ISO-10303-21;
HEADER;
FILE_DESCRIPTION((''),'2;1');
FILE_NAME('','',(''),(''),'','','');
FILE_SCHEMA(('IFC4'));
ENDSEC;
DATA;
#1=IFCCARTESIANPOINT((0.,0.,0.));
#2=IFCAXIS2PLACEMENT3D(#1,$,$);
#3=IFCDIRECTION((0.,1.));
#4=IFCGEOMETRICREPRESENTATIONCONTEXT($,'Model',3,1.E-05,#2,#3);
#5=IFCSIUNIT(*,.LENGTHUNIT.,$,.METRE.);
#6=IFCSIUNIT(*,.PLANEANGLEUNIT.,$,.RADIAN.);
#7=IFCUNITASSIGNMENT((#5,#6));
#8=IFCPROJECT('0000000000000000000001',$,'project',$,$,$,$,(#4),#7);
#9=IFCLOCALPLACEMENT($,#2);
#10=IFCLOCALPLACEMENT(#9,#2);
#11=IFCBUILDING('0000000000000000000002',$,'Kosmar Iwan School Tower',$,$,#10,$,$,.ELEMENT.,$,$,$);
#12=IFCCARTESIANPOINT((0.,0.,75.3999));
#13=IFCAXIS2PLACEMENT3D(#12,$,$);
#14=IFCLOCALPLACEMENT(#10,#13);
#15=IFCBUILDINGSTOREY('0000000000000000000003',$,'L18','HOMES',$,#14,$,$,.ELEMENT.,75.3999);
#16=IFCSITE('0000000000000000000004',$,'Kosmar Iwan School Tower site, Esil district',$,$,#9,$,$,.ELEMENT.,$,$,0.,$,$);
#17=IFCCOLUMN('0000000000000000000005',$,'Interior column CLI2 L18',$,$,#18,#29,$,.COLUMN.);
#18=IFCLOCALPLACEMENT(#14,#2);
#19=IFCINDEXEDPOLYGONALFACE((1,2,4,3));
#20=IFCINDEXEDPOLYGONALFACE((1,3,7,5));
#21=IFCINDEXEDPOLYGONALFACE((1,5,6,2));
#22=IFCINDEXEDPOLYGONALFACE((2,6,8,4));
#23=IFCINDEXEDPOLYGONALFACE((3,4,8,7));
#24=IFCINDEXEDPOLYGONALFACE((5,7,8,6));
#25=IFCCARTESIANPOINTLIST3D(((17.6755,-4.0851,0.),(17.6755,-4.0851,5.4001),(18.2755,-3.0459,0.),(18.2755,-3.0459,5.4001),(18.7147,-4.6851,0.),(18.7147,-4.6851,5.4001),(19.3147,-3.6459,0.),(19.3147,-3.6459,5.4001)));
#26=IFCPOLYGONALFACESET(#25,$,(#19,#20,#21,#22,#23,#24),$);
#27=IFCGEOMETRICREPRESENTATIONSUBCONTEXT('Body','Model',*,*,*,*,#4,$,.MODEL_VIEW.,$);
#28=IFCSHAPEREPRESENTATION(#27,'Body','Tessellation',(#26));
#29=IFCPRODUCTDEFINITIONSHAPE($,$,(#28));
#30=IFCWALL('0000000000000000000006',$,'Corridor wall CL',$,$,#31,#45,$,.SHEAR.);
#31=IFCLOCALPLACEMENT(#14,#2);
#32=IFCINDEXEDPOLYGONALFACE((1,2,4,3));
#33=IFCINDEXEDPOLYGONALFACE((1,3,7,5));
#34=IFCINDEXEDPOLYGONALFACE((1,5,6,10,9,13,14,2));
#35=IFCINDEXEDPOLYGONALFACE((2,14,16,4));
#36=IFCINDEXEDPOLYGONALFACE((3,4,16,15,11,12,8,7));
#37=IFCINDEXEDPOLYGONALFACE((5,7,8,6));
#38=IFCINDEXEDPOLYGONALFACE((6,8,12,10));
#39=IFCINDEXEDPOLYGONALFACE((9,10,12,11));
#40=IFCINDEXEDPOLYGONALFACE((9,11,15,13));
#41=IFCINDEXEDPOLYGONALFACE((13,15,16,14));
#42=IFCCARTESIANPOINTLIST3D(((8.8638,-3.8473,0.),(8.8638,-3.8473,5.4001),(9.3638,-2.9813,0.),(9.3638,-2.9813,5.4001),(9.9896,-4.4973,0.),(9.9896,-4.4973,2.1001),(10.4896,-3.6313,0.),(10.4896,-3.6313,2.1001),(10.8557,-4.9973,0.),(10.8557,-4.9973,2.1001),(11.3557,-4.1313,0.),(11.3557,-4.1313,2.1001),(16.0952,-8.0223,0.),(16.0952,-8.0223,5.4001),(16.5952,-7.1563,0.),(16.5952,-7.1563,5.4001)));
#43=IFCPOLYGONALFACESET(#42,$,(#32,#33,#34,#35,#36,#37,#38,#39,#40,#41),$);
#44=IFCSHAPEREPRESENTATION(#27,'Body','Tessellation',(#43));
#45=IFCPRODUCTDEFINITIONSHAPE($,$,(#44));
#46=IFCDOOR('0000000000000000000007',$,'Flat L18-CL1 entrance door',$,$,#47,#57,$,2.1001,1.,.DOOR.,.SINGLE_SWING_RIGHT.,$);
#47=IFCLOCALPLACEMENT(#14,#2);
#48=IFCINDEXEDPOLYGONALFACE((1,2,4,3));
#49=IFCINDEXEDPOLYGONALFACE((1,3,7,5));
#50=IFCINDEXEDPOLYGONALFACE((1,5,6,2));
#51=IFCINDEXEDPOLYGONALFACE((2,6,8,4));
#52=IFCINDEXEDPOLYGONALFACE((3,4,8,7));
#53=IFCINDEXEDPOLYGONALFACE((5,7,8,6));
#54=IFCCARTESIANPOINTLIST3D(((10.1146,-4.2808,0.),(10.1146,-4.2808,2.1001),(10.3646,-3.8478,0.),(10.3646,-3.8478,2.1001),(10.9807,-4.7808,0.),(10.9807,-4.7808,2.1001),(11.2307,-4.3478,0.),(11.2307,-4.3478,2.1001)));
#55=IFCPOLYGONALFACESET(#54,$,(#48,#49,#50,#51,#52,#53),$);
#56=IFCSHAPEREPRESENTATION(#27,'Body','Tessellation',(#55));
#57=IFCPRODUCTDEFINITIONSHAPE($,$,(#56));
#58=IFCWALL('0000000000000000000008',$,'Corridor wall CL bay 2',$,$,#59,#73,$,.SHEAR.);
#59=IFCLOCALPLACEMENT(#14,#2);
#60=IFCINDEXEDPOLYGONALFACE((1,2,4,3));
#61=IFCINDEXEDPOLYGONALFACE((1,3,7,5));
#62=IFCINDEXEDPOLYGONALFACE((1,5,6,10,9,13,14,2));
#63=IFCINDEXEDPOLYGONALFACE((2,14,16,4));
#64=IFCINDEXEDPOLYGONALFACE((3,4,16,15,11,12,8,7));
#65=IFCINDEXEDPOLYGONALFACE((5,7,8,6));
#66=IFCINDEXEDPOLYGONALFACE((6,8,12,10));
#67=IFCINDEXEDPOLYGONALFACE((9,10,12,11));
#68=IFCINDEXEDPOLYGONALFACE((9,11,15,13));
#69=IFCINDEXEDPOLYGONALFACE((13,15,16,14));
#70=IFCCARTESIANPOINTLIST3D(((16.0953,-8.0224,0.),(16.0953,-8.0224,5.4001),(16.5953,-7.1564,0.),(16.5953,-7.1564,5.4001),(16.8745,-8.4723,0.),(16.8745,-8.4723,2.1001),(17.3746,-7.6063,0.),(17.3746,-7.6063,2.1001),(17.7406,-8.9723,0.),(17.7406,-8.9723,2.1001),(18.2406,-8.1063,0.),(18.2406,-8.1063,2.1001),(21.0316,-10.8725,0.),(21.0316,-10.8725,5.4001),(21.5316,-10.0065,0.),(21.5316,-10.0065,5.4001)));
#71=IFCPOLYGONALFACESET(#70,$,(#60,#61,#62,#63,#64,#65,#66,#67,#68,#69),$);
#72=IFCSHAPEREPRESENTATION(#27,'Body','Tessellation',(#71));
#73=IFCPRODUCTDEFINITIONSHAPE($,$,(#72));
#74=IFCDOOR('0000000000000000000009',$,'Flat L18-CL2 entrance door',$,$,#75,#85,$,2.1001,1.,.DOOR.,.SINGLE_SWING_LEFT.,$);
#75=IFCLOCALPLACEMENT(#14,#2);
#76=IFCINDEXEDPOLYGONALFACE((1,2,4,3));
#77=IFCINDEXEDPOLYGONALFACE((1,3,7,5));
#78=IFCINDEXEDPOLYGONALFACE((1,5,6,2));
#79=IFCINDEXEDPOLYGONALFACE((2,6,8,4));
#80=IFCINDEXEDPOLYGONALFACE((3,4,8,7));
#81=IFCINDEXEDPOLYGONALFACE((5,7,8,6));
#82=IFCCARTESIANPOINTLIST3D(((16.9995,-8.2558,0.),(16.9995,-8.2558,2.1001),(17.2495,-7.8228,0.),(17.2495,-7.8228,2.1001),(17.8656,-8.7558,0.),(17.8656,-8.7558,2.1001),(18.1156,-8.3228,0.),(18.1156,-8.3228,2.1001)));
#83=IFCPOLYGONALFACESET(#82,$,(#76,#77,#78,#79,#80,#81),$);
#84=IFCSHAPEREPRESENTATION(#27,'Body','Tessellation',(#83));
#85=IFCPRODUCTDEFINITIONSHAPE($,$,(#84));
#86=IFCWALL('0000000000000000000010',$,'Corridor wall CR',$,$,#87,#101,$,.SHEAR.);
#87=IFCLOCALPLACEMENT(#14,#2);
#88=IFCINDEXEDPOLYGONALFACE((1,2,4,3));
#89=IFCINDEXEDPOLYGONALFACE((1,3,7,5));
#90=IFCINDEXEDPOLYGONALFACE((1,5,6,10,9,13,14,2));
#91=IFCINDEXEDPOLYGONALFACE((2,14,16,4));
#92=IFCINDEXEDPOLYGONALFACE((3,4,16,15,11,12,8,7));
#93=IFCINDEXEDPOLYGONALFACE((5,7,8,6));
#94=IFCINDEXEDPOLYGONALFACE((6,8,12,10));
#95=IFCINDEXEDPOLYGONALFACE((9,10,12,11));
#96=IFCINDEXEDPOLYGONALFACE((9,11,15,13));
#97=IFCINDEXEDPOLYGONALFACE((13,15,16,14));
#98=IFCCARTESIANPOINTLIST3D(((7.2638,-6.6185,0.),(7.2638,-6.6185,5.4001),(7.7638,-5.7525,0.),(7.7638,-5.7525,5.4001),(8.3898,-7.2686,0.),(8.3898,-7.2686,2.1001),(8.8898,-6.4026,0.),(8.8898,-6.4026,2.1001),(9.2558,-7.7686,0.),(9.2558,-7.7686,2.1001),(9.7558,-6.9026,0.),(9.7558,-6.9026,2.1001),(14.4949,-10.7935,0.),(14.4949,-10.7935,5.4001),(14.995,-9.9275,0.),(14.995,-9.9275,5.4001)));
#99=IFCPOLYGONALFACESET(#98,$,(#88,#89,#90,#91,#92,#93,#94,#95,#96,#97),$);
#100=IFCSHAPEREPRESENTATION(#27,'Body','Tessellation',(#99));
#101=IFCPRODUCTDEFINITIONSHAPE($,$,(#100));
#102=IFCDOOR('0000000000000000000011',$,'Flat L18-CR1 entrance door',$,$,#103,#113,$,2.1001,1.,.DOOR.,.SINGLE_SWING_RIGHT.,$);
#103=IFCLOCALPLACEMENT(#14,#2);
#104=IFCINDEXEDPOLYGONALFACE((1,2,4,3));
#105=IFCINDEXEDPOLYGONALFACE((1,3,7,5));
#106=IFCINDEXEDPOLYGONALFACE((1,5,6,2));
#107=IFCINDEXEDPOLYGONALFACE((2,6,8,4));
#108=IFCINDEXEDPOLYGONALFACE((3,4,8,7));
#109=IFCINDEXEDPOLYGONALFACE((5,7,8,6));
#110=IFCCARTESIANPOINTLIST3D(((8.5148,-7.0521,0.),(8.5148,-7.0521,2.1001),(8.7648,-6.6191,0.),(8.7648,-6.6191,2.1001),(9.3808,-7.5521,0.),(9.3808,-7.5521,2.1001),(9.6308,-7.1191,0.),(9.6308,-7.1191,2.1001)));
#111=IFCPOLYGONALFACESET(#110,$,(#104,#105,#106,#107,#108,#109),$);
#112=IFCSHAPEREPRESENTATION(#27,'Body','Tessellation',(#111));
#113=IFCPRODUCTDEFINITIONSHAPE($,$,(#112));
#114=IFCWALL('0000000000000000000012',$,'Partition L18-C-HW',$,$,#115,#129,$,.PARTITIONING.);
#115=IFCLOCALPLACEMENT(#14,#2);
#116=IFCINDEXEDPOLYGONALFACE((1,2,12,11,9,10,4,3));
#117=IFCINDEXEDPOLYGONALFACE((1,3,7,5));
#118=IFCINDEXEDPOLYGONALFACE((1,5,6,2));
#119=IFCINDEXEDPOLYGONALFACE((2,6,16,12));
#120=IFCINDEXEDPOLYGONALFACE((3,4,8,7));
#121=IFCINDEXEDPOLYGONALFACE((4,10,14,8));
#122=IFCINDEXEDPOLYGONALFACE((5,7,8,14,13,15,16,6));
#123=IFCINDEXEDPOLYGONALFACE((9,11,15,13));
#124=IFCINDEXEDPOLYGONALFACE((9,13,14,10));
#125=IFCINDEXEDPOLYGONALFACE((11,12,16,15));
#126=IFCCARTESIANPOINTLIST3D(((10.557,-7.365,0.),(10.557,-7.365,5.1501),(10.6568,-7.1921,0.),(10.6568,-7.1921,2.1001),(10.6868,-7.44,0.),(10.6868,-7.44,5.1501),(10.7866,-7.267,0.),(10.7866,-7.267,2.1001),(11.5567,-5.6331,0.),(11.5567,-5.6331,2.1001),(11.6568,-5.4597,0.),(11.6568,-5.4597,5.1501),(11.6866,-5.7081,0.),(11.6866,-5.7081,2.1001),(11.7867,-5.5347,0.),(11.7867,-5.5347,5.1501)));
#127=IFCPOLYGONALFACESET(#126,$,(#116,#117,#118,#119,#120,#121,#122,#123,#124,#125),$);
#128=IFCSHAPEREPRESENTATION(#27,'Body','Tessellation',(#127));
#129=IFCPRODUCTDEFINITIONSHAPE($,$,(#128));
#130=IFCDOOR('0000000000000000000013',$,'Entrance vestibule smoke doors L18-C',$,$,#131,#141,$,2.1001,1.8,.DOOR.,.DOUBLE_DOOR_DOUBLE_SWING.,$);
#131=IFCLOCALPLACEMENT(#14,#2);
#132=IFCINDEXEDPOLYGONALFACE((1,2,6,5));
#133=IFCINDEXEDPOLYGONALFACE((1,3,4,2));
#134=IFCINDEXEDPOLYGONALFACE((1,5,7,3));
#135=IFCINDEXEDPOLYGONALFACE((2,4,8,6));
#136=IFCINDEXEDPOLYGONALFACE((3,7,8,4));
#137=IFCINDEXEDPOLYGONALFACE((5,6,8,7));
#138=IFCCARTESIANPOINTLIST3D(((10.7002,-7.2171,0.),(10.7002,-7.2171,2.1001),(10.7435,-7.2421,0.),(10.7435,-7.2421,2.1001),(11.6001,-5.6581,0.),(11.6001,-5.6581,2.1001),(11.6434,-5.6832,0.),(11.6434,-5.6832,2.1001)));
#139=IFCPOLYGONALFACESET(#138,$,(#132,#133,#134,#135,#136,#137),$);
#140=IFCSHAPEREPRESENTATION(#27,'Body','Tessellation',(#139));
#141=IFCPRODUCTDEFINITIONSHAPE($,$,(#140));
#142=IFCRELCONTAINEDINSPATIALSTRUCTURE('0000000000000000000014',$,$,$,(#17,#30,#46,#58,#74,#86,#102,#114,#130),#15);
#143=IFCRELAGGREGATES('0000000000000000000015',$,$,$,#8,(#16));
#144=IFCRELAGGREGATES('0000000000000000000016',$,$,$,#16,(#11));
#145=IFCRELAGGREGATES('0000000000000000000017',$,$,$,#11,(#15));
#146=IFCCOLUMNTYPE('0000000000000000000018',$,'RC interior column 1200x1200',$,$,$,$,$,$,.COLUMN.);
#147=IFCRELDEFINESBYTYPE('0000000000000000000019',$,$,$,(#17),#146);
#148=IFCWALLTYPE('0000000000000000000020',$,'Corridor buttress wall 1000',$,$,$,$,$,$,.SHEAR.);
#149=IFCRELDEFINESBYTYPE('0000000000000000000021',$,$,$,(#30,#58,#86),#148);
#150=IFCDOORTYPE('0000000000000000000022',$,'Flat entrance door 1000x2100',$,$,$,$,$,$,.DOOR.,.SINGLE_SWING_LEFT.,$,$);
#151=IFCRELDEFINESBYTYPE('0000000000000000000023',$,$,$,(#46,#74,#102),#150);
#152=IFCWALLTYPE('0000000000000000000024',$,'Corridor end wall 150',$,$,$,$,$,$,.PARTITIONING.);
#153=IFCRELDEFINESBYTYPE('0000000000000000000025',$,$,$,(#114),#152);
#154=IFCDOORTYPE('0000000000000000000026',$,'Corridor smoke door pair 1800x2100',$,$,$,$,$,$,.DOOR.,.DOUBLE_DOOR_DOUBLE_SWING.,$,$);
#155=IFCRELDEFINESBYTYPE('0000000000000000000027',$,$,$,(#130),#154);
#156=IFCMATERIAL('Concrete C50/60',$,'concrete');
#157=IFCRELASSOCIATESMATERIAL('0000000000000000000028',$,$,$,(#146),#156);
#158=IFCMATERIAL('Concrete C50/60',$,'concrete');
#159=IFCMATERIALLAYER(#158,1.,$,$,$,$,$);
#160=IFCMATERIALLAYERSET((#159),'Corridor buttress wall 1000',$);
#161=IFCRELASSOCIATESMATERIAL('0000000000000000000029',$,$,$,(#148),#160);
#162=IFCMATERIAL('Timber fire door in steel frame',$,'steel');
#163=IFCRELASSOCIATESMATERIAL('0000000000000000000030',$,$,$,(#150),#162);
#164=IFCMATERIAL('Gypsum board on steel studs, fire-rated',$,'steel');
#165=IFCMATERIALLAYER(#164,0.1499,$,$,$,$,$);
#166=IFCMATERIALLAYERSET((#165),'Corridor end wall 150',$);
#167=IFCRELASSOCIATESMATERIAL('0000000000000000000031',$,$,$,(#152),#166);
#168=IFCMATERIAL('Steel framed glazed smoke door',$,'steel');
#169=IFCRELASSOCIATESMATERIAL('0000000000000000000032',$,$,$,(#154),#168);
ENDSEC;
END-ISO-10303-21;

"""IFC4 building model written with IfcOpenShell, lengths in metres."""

from ifc_helpers import new_model, si_unit, direction, frame, frame_2d, origin, origin_2d, place, context, subcontext, project, spatial, rectangle, extrude, material, layer, layer_set, material_profile, profile_set, type_object, element, fill, save


model = new_model("IFC4")

# Units and contexts
model_context = context("Model", 3, precision=1e-05, world=origin(), true_north=direction((0.0, 1.0)))
body_context = subcontext(model_context, "Body", "Model", "MODEL_VIEW")
ifc_project = project(units=[si_unit("LENGTHUNIT", "METRE"), si_unit("PLANEANGLEUNIT", "RADIAN")], contexts=[model_context])

# Site, building, storey
site_placement = place(None, origin())
site = spatial("IfcSite", under=ifc_project, at=site_placement, Name="Kosmar Iwan School Tower site, Esil district", CompositionType="ELEMENT", RefElevation=0.0)
building_placement = place(site_placement, origin())
building = spatial("IfcBuilding", under=site, at=building_placement, Name="Kosmar Iwan School Tower", CompositionType="ELEMENT")
storey_placement = place(building_placement, frame((0.0, 0.0, 75.3999)))
storey = spatial("IfcBuildingStorey", under=building, at=storey_placement, Name="L18", Description="HOMES", CompositionType="ELEMENT", Elevation=75.3999)

# Column
ifc_material_1 = material(Name="Concrete C50/60", Category="concrete")
ifc_material_profile = material_profile(ifc_material_1, rectangle(XDim=1.2, YDim=1.2, at=origin_2d()), Name="RC 1200x1200")
ifc_profile_set = profile_set([ifc_material_profile], Name="Concrete C50/60")
column_type = type_object("IfcColumnType", Name="RC interior column 1200x1200", PredefinedType="COLUMN", material=ifc_profile_set)
column_placement = place(storey_placement, frame((18.4951, -3.8655, 0.0), z_axis=(0.0, 0.0, 1.0), x_axis=(0.866025, -0.5, 0.0)))
element("IfcColumn", 1, at=column_placement, inside=storey, type_object=column_type, Name="Interior column CLI2 L18", PredefinedType="COLUMN", context=body_context, shape_type="SweptSolid", body=[
    extrude(rectangle(XDim=1.2, YDim=1.2, at=origin_2d()), origin(), (0.0, 0.0, 1.0), 5.4001),
])

# Walls, openings, doors
ifc_material_2 = material(Name="Concrete C50/60", Category="concrete")
ifc_layer_1 = layer(ifc_material_2, 1.0)
ifc_layer_set_1 = layer_set([ifc_layer_1], Name="Corridor buttress wall 1000")
wall_type_1 = type_object("IfcWallType", Name="Corridor buttress wall 1000", PredefinedType="SHEAR", material=ifc_layer_set_1)
wall_1_placement = place(storey_placement, frame((9.1138, -3.4143, 0.0), z_axis=(0.0, 0.0, 1.0), x_axis=(0.866027, -0.499997, 0.0)))
wall_1 = element("IfcWall", 2, at=wall_1_placement, inside=storey, type_object=wall_type_1, Name="Corridor wall CL", PredefinedType="SHEAR", context=body_context, shape_type="SweptSolid", body=[
    extrude(rectangle(XDim=8.3501, YDim=1.0, at=frame_2d((4.175, 0.0))), origin(), (0.0, 0.0, 1.0), 5.4001),
])
opening_1_placement = place(wall_1_placement, frame((1.3, 0.0, 0.0)))
opening_1 = element("IfcOpeningElement", 3, at=opening_1_placement, cuts=wall_1, PredefinedType="OPENING", context=body_context, shape_type="SweptSolid", body=[
    extrude(rectangle(XDim=1.0, YDim=2.1001, at=frame_2d((0.5, 1.05))), frame((0.0, 0.512, 0.0), z_axis=(0.0, -1.0, 0.0), x_axis=(1.0, 0.0, 0.0)), (0.0, 0.0, 1.0), 1.0239),
])
ifc_material_3 = material(Name="Timber fire door in steel frame", Category="steel")
door_type_1 = type_object("IfcDoorType", Name="Flat entrance door 1000x2100", OperationType="SINGLE_SWING_LEFT", PredefinedType="DOOR", material=ifc_material_3)
door_1_placement = place(opening_1_placement, origin())
door_1 = element("IfcDoor", 4, at=door_1_placement, inside=storey, type_object=door_type_1, Name="Flat L18-CL1 entrance door", OperationType="SINGLE_SWING_RIGHT", OverallHeight=2.1001, OverallWidth=1.0, PredefinedType="DOOR", context=body_context, shape_type="SweptSolid", body=[
    extrude(rectangle(XDim=1.0, YDim=2.1001, at=frame_2d((0.5, 1.05))), frame((0.0, 0.25, 0.0), z_axis=(0.0, -1.0, 0.0), x_axis=(1.0, 0.0, 0.0)), (0.0, 0.0, 1.0), 0.5),
])
fill(opening_1, door_1)
wall_2_placement = place(storey_placement, frame((16.3452, -7.5894, 0.0), z_axis=(0.0, 0.0, 1.0), x_axis=(0.866015, -0.500018, 0.0)))
wall_2 = element("IfcWall", 5, at=wall_2_placement, inside=storey, type_object=wall_type_1, Name="Corridor wall CL bay 2", PredefinedType="SHEAR", context=body_context, shape_type="SweptSolid", body=[
    extrude(rectangle(XDim=5.7, YDim=1.0, at=frame_2d((2.8501, 0.0))), origin(), (0.0, 0.0, 1.0), 5.4001),
])
opening_2_placement = place(wall_2_placement, frame((0.8999, 0.0, 0.0)))
opening_2 = element("IfcOpeningElement", 6, at=opening_2_placement, cuts=wall_2, PredefinedType="OPENING", context=body_context, shape_type="SweptSolid", body=[
    extrude(rectangle(XDim=1.0, YDim=2.1001, at=frame_2d((0.5, 1.05))), frame((0.0, 0.512, 0.0), z_axis=(0.0, -1.0, 0.0), x_axis=(1.0, 0.0, 0.0)), (0.0, 0.0, 1.0), 1.0239),
])
door_2_placement = place(opening_2_placement, origin())
door_2 = element("IfcDoor", 7, at=door_2_placement, inside=storey, type_object=door_type_1, Name="Flat L18-CL2 entrance door", OperationType="SINGLE_SWING_LEFT", OverallHeight=2.1001, OverallWidth=1.0, PredefinedType="DOOR", context=body_context, shape_type="SweptSolid", body=[
    extrude(rectangle(XDim=1.0, YDim=2.1001, at=frame_2d((0.5, 1.05))), frame((0.0, 0.25, 0.0), z_axis=(0.0, -1.0, 0.0), x_axis=(1.0, 0.0, 0.0)), (0.0, 0.0, 1.0), 0.5),
])
fill(opening_2, door_2)
wall_3_placement = place(storey_placement, frame((7.5139, -6.1855, 0.0), z_axis=(0.0, 0.0, 1.0), x_axis=(0.86602, -0.50001, 0.0)))
wall_3 = element("IfcWall", 8, at=wall_3_placement, inside=storey, type_object=wall_type_1, Name="Corridor wall CR", PredefinedType="SHEAR", context=body_context, shape_type="SweptSolid", body=[
    extrude(rectangle(XDim=8.3499, YDim=1.0, at=frame_2d((4.1748, 0.0))), origin(), (0.0, 0.0, 1.0), 5.4001),
])
opening_3_placement = place(wall_3_placement, frame((1.3, 0.0, 0.0)))
opening_3 = element("IfcOpeningElement", 9, at=opening_3_placement, cuts=wall_3, PredefinedType="OPENING", context=body_context, shape_type="SweptSolid", body=[
    extrude(rectangle(XDim=1.0, YDim=2.1001, at=frame_2d((0.5, 1.05))), frame((0.0, 0.512, 0.0), z_axis=(0.0, -1.0, 0.0), x_axis=(1.0, 0.0, 0.0)), (0.0, 0.0, 1.0), 1.0239),
])
door_3_placement = place(opening_3_placement, origin())
door_3 = element("IfcDoor", 10, at=door_3_placement, inside=storey, type_object=door_type_1, Name="Flat L18-CR1 entrance door", OperationType="SINGLE_SWING_RIGHT", OverallHeight=2.1001, OverallWidth=1.0, PredefinedType="DOOR", context=body_context, shape_type="SweptSolid", body=[
    extrude(rectangle(XDim=1.0, YDim=2.1001, at=frame_2d((0.5, 1.05))), frame((0.0, 0.25, 0.0), z_axis=(0.0, -1.0, 0.0), x_axis=(1.0, 0.0, 0.0)), (0.0, 0.0, 1.0), 0.5),
])
fill(opening_3, door_3)
ifc_material_4 = material(Name="Gypsum board on steel studs, fire-rated", Category="steel")
ifc_layer_2 = layer(ifc_material_4, 0.1499)
ifc_layer_set_2 = layer_set([ifc_layer_2], Name="Corridor end wall 150")
wall_type_2 = type_object("IfcWallType", Name="Corridor end wall 150", PredefinedType="PARTITIONING", material=ifc_layer_set_2)
wall_4_placement = place(storey_placement, frame((10.6218, -7.4026, 0.0), z_axis=(0.0, 0.0, 1.0), x_axis=(0.499947, 0.866056, 0.0)))
wall_4 = element("IfcWall", 11, at=wall_4_placement, inside=storey, type_object=wall_type_2, Name="Partition L18-C-HW", PredefinedType="PARTITIONING", context=body_context, shape_type="SweptSolid", body=[
    extrude(rectangle(XDim=2.2, YDim=0.1499, at=frame_2d((1.1001, 0.0))), origin(), (0.0, 0.0, 1.0), 5.1501),
])
opening_4_placement = place(wall_4_placement, frame((0.2, 0.0, 0.0)))
opening_4 = element("IfcOpeningElement", 12, at=opening_4_placement, cuts=wall_4, PredefinedType="OPENING", context=body_context, shape_type="SweptSolid", body=[
    extrude(rectangle(XDim=1.8, YDim=2.1001, at=frame_2d((0.8999, 1.05))), frame((0.0, 0.0869, 0.0), z_axis=(0.0, -1.0, 0.0), x_axis=(1.0, 0.0, 0.0)), (0.0, 0.0, 1.0), 0.1738),
])
ifc_material_5 = material(Name="Steel framed glazed smoke door", Category="steel")
door_type_2 = type_object("IfcDoorType", Name="Corridor smoke door pair 1800x2100", OperationType="DOUBLE_DOOR_DOUBLE_SWING", PredefinedType="DOOR", material=ifc_material_5)
door_4_placement = place(opening_4_placement, origin())
door_4 = element("IfcDoor", 13, at=door_4_placement, inside=storey, type_object=door_type_2, Name="Entrance vestibule smoke doors L18-C", OperationType="DOUBLE_DOOR_DOUBLE_SWING", OverallHeight=2.1001, OverallWidth=1.8, PredefinedType="DOOR", context=body_context, shape_type="SweptSolid", body=[
    extrude(rectangle(XDim=1.8, YDim=2.1001, at=frame_2d((0.8999, 1.05))), frame((0.0, 0.0249, 0.0), z_axis=(0.0, -1.0, 0.0), x_axis=(1.0, 0.0, 0.0)), (0.0, 0.0, 1.0), 0.05),
])
fill(opening_4, door_4)

save(model, "model.ifc")
